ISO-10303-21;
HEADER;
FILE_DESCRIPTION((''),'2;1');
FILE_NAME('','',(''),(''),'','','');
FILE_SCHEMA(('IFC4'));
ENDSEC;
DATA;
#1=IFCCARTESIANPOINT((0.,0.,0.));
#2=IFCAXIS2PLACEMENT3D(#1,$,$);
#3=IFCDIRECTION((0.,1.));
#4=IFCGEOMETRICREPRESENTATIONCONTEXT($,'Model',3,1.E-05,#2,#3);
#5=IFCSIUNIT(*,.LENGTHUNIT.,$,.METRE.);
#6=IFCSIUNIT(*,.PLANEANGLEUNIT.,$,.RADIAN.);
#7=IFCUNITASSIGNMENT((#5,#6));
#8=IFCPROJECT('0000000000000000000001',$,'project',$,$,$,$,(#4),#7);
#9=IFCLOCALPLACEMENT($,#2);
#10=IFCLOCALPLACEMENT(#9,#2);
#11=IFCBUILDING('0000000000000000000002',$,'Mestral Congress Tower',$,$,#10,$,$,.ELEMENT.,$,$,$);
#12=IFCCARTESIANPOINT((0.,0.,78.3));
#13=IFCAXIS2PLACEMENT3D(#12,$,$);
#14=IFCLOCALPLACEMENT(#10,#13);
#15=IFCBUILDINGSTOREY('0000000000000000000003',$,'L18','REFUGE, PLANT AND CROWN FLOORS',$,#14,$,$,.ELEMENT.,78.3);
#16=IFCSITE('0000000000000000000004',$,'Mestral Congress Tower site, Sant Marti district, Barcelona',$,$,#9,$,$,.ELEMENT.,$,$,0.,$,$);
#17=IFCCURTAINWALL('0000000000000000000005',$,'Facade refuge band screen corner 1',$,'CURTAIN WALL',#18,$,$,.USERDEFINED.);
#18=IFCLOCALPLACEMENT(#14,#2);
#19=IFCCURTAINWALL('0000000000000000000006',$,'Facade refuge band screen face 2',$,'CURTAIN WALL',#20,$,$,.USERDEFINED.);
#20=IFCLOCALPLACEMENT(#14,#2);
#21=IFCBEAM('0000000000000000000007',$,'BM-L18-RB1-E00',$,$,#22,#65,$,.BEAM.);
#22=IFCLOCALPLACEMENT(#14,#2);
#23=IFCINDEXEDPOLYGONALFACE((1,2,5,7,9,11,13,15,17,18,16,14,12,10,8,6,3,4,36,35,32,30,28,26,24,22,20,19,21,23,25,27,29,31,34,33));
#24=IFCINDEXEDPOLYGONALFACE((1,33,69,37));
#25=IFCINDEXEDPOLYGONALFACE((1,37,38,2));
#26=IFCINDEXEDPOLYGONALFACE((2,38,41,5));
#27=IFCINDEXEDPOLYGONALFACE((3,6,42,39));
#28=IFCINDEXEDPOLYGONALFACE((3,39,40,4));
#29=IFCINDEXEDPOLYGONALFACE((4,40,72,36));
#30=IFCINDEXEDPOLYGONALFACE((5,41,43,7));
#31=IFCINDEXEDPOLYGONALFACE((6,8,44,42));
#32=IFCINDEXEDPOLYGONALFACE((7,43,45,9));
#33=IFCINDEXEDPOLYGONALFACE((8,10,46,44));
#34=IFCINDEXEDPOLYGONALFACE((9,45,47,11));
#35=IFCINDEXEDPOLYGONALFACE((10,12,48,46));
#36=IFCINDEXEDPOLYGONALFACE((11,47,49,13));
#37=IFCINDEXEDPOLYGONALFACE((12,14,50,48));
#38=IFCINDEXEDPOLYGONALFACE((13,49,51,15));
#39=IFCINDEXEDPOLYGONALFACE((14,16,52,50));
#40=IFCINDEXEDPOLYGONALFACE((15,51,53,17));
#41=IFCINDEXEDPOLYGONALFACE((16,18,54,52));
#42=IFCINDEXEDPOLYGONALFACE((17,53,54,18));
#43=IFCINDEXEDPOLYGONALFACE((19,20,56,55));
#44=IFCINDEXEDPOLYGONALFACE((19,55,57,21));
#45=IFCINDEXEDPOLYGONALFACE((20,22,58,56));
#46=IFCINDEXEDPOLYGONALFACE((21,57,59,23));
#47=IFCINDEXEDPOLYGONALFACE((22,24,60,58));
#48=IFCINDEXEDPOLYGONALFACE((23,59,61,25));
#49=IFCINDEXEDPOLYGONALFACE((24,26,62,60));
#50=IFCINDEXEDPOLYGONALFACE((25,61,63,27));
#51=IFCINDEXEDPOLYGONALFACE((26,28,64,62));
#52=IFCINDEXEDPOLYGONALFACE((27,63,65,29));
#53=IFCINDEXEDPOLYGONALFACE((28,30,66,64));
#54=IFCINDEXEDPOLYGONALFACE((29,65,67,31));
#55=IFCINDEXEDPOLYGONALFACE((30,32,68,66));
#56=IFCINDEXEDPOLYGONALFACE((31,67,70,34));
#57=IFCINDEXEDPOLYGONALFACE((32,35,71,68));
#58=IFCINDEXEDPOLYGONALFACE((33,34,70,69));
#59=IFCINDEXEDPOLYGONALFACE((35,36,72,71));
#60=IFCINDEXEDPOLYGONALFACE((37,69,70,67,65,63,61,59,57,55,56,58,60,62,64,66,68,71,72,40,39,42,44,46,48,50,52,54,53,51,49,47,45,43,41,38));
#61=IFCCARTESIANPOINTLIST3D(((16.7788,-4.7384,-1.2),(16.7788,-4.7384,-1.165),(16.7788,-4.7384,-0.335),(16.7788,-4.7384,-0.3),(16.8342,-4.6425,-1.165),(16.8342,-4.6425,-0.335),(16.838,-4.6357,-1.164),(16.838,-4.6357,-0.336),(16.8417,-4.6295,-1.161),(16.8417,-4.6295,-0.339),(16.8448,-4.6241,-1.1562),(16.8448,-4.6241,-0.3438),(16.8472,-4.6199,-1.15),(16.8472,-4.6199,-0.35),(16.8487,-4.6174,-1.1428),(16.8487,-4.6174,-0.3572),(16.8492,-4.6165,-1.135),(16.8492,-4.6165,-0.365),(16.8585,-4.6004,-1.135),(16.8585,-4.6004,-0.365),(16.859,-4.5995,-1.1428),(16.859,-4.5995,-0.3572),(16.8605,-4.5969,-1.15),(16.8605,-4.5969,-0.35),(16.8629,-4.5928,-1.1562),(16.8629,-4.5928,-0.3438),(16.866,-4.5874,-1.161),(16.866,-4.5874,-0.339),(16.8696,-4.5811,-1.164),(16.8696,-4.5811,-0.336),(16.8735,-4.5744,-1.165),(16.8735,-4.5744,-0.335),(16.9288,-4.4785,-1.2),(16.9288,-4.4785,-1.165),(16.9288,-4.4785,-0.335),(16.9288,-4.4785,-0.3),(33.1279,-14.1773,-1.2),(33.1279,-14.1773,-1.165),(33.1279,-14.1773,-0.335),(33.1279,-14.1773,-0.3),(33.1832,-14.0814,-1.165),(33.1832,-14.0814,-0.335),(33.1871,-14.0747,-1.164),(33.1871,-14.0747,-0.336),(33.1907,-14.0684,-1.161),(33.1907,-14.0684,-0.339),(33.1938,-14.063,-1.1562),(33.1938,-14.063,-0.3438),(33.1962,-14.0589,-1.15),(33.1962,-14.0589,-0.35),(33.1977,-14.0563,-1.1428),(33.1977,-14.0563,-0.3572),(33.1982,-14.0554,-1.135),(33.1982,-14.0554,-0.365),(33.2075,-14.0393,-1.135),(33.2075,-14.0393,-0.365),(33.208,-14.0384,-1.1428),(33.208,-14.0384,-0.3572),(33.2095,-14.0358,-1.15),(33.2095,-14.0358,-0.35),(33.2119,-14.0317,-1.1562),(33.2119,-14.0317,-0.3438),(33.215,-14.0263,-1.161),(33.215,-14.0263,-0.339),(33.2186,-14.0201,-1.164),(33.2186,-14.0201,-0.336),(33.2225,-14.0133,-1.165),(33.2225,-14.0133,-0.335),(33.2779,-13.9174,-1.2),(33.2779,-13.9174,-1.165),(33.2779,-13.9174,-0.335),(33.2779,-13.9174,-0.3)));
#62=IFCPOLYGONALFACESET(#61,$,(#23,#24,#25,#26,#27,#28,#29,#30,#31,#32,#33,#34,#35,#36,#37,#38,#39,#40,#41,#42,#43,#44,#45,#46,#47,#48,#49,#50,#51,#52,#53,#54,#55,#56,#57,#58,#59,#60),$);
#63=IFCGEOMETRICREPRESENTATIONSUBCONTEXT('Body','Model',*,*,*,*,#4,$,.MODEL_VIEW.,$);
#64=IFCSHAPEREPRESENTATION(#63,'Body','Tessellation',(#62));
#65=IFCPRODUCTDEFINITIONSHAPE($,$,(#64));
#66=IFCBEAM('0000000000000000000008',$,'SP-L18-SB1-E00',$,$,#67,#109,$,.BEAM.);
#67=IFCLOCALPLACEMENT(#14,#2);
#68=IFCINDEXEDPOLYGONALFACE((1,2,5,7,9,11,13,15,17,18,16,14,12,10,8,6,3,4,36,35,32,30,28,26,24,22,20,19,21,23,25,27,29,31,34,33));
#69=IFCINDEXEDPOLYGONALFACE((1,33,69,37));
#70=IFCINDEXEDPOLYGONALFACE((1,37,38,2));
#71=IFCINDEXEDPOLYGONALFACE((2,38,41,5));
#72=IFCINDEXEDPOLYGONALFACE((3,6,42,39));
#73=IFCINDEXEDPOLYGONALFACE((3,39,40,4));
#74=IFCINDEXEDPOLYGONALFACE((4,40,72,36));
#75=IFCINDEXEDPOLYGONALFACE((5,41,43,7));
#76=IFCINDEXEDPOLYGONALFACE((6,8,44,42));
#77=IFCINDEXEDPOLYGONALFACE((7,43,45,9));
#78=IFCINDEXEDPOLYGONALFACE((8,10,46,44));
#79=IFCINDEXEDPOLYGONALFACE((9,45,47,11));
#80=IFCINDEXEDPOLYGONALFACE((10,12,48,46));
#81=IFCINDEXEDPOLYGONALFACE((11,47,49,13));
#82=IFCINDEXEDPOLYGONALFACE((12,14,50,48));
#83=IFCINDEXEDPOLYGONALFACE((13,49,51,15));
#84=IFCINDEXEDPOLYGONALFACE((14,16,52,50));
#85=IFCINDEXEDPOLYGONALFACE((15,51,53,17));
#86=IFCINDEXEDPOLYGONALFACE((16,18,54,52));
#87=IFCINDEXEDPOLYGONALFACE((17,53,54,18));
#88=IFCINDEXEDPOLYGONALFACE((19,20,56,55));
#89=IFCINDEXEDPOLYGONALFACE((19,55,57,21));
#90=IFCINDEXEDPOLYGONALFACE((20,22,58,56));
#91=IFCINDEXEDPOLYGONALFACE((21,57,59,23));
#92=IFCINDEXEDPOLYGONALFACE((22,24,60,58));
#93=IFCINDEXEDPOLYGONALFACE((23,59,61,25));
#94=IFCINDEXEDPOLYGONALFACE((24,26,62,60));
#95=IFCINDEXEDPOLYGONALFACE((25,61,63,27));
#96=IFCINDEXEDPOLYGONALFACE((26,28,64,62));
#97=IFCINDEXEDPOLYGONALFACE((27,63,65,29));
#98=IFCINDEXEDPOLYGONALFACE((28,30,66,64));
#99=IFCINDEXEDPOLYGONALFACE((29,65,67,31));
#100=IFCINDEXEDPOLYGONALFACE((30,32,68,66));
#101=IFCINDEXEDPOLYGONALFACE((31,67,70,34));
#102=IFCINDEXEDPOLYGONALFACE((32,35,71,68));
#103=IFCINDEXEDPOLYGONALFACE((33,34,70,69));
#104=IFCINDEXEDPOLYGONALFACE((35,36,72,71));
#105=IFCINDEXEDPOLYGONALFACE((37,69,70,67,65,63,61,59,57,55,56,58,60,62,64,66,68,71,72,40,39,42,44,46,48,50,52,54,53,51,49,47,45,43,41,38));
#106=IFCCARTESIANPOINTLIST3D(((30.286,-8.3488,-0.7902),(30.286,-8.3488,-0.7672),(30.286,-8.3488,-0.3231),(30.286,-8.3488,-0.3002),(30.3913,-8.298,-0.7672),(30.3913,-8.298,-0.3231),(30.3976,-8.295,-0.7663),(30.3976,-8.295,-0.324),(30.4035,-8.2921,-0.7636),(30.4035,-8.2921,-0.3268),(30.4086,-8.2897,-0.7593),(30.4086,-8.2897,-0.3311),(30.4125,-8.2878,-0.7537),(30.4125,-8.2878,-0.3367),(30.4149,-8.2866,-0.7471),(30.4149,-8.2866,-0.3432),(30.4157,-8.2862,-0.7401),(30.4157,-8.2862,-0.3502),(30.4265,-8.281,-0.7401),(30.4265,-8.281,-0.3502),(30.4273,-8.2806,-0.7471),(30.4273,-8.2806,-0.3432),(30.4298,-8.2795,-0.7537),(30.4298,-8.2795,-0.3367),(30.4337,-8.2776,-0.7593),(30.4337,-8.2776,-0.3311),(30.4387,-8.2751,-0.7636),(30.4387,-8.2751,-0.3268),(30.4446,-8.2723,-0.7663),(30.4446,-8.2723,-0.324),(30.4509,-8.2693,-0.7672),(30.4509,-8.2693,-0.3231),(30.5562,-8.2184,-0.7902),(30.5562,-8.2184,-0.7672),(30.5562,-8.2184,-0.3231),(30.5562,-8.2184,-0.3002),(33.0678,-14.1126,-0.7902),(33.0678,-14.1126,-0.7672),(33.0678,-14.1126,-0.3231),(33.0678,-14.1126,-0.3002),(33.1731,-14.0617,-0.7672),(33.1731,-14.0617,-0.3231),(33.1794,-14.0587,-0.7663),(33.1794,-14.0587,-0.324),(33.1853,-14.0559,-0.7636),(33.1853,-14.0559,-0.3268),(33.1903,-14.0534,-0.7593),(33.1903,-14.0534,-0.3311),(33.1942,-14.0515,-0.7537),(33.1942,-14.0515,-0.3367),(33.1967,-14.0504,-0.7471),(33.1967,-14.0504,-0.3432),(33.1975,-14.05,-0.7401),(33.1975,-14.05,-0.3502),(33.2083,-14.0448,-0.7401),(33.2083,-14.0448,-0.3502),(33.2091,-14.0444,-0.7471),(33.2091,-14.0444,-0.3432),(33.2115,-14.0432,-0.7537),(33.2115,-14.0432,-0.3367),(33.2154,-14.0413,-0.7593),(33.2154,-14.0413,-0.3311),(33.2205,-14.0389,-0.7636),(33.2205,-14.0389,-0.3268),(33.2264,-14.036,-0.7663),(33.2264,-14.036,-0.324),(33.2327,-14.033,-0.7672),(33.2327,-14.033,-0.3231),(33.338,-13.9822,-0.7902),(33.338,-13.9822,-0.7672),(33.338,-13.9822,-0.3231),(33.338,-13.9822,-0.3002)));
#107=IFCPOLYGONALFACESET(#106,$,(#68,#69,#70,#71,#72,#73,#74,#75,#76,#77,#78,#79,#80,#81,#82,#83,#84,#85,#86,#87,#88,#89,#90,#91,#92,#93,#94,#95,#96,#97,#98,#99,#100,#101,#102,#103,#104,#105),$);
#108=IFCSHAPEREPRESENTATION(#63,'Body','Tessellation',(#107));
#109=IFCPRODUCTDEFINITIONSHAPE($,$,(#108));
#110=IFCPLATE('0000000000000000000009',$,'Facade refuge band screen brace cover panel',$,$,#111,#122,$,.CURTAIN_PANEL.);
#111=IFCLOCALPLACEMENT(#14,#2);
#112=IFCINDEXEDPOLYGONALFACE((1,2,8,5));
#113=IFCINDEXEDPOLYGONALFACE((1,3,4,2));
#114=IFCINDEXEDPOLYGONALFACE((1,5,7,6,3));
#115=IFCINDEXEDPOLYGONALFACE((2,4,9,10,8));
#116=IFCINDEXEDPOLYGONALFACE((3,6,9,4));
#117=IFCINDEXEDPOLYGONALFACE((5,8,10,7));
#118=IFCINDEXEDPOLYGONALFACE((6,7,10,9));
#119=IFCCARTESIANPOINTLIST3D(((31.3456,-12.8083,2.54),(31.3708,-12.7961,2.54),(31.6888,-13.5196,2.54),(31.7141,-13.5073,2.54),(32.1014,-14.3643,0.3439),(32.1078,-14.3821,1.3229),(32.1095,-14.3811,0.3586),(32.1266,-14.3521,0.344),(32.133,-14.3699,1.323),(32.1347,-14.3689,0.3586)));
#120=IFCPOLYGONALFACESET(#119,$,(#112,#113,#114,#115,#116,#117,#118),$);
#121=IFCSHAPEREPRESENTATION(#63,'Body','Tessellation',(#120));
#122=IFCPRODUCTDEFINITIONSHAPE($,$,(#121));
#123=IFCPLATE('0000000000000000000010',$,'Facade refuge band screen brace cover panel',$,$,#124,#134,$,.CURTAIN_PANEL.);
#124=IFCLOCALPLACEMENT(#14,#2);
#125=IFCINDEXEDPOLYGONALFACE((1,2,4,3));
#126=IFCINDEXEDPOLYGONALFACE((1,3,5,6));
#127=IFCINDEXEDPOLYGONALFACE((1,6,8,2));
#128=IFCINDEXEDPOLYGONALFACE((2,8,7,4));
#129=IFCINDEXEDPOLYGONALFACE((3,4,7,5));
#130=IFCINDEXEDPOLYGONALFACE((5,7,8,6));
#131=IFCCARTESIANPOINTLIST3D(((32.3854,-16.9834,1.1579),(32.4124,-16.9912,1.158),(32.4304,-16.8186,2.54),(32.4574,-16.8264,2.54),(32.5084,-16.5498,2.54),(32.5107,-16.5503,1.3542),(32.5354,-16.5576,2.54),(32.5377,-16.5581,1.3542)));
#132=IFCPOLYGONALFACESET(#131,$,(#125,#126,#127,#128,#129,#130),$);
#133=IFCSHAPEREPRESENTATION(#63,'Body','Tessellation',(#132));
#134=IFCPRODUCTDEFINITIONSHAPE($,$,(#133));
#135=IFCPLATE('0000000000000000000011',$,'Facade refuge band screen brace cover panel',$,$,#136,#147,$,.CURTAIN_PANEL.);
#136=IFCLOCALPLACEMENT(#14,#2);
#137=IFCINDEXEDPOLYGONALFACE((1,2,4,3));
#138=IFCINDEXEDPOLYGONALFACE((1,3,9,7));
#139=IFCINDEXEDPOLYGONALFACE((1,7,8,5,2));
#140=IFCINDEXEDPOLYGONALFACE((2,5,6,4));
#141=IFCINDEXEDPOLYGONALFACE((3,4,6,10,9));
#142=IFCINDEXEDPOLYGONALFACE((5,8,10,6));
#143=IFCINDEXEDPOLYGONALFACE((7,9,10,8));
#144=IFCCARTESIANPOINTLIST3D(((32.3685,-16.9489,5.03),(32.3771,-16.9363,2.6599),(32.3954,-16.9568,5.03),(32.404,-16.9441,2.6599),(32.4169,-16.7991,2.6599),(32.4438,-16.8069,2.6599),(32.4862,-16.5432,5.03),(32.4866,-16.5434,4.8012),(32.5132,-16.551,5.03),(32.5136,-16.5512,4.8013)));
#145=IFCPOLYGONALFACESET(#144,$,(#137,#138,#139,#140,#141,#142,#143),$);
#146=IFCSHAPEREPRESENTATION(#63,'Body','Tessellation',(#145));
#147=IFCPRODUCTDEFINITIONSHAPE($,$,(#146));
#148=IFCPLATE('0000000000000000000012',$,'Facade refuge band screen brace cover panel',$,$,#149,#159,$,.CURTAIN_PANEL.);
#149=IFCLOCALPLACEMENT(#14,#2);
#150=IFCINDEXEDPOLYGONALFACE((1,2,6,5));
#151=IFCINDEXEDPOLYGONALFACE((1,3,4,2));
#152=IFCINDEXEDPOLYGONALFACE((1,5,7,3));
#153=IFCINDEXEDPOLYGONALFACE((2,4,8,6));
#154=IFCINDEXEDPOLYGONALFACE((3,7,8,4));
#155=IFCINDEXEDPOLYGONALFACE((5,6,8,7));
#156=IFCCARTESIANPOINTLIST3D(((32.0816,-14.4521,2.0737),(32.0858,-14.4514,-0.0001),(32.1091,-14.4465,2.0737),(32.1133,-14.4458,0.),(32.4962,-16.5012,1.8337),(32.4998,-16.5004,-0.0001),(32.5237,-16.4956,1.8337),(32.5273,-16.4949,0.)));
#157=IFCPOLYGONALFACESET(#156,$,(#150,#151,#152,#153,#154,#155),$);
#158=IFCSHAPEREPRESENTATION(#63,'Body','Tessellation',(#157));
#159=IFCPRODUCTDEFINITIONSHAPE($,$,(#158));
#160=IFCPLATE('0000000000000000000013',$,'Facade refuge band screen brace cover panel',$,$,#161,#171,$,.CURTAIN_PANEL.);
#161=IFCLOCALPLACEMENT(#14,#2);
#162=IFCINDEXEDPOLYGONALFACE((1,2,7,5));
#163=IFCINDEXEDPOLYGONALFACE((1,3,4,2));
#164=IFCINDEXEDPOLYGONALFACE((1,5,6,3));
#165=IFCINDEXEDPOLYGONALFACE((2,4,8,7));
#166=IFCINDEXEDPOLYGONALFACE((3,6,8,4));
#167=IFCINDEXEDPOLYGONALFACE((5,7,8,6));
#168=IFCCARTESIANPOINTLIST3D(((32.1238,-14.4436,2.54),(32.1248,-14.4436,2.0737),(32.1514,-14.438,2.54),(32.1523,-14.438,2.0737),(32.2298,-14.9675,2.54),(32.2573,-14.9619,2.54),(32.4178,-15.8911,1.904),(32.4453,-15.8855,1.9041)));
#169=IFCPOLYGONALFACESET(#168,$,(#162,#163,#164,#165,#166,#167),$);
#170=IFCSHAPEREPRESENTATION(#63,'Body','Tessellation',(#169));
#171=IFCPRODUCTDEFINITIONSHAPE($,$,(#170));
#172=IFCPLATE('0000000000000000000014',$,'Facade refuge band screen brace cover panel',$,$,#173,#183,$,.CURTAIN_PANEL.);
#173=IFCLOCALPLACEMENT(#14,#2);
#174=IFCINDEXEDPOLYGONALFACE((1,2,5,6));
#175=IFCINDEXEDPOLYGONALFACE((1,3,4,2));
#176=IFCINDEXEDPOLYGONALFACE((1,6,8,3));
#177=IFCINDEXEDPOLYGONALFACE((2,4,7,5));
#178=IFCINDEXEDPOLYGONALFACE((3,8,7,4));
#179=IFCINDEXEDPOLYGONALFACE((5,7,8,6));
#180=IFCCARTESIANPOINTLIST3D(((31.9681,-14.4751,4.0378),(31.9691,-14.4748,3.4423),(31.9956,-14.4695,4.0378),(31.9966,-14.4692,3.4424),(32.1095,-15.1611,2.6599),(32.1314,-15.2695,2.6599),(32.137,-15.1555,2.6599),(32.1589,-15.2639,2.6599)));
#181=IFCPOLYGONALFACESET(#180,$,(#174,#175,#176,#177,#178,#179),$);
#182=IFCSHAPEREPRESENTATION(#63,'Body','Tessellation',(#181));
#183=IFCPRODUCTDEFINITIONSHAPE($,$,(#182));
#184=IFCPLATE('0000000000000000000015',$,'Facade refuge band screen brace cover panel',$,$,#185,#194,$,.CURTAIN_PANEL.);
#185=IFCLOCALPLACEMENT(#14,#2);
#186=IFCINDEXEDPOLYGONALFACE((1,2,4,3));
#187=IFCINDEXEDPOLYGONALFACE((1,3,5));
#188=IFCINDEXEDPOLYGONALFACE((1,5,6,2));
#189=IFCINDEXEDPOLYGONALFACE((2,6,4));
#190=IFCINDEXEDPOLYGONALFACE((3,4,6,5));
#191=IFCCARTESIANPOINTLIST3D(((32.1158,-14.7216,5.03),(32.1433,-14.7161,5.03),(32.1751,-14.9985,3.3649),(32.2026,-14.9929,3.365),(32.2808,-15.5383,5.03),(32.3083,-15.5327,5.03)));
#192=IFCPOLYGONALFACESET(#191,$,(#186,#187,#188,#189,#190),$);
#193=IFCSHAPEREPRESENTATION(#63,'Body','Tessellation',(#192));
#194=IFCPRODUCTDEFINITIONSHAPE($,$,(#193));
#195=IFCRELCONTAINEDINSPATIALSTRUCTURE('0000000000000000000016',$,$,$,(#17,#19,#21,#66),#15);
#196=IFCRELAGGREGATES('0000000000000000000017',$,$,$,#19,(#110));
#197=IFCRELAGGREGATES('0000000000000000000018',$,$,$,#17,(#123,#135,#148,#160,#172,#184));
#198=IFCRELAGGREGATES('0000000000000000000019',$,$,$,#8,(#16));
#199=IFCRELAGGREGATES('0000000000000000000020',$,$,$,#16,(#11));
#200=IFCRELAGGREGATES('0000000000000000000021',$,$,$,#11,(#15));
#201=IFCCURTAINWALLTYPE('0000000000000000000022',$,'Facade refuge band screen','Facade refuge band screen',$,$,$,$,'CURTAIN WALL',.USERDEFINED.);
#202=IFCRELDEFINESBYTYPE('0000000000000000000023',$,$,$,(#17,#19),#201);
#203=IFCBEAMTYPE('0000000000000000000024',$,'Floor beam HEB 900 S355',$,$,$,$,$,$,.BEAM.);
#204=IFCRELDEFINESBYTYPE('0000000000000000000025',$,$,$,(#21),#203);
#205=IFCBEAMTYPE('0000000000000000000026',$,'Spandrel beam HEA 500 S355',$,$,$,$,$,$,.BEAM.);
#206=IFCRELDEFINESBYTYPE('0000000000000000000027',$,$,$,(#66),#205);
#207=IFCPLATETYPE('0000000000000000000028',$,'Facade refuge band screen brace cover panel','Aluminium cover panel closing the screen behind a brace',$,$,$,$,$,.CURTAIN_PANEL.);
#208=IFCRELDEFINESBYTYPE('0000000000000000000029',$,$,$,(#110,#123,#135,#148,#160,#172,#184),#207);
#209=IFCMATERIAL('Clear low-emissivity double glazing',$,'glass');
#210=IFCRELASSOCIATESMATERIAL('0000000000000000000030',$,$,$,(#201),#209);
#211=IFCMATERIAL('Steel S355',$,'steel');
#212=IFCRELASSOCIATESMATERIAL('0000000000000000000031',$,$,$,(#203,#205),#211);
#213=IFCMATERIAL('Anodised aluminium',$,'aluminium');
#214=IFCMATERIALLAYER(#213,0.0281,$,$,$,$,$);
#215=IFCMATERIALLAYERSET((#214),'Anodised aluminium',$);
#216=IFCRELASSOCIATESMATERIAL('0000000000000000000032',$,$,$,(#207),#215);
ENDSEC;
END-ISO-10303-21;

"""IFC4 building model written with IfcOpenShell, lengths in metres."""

from ifc_helpers import new_model, si_unit, direction, frame, origin, origin_2d, place, context, subcontext, project, spatial, polyline, i_section, outline, extrude, material, layer, layer_set, material_profile, profile_set, type_object, element, aggregate, save


model = new_model("IFC4")

# Units and contexts
model_context = context("Model", 3, precision=1e-05, world=origin(), true_north=direction((0.0, 1.0)))
body_context = subcontext(model_context, "Body", "Model", "MODEL_VIEW")
ifc_project = project(units=[si_unit("LENGTHUNIT", "METRE"), si_unit("PLANEANGLEUNIT", "RADIAN")], contexts=[model_context])

# Site, building, storey
site_placement = place(None, origin())
site = spatial("IfcSite", under=ifc_project, at=site_placement, Name="Mestral Congress Tower site, Sant Marti district, Barcelona", CompositionType="ELEMENT", RefElevation=0.0)
building_placement = place(site_placement, origin())
building = spatial("IfcBuilding", under=site, at=building_placement, Name="Mestral Congress Tower", CompositionType="ELEMENT")
storey_placement = place(building_placement, frame((0.0, 0.0, 78.3)))
storey = spatial("IfcBuildingStorey", under=building, at=storey_placement, Name="L18", Description="REFUGE, PLANT AND CROWN FLOORS", CompositionType="ELEMENT", Elevation=78.3)

# Shared definitions
ifc_material_1 = material(Name="Steel S355", Category="steel")

# Curtain walls
ifc_material_2 = material(Name="Clear low-emissivity double glazing", Category="glass")
curtain_wall_type = type_object("IfcCurtainWallType", Name="Facade refuge band screen", Description="Facade refuge band screen", ElementType="CURTAIN WALL", PredefinedType="USERDEFINED", material=ifc_material_2)
placement = place(storey_placement, origin())
curtain_wall_1 = element("IfcCurtainWall", 1, at=placement, inside=storey, type_object=curtain_wall_type, Name="Facade refuge band screen corner 1", ObjectType="CURTAIN WALL", PredefinedType="USERDEFINED")
ifc_material_3 = material(Name="Anodised aluminium", Category="aluminium")
curtain_wall_2 = element("IfcCurtainWall", 2, at=placement, inside=storey, type_object=curtain_wall_type, Name="Facade refuge band screen face 2", ObjectType="CURTAIN WALL", PredefinedType="USERDEFINED")

# Beams
ifc_material_profile_1 = material_profile(ifc_material_1, i_section(OverallWidth=0.3, OverallDepth=0.8999, WebThickness=0.0186, FlangeThickness=0.0349, FilletRadius=0.03, at=origin_2d()), Name="HEB 900")
ifc_profile_set_1 = profile_set([ifc_material_profile_1], Name="Steel S355")
beam_type_1 = type_object("IfcBeamType", Name="Floor beam HEB 900 S355", PredefinedType="BEAM", material=ifc_profile_set_1)
beam_1_placement = place(storey_placement, frame((33.2029, -14.0474, -0.75), z_axis=(-0.86603, 0.499992, 0.0), x_axis=(-0.499992, -0.86603, 0.0)))
element("IfcBeam", 3, at=beam_1_placement, inside=storey, type_object=beam_type_1, Name="BM-L18-RB1-E00", PredefinedType="BEAM", context=body_context, shape_type="SweptSolid", body=[
    extrude(i_section(OverallWidth=0.3, OverallDepth=0.8999, WebThickness=0.0186, FlangeThickness=0.0349, FilletRadius=0.03, at=origin_2d()), origin(), (0.0, 0.0, 1.0), 18.8782),
])
ifc_material_profile_2 = material_profile(ifc_material_1, i_section(OverallWidth=0.3, OverallDepth=0.49, WebThickness=0.012, FlangeThickness=0.0229, FilletRadius=0.0271, at=origin_2d()), Name="HEA 500")
ifc_profile_set_2 = profile_set([ifc_material_profile_2], Name="Steel S355")
beam_type_2 = type_object("IfcBeamType", Name="Spandrel beam HEA 500 S355", PredefinedType="BEAM", material=ifc_profile_set_2)
beam_2_placement = place(storey_placement, frame((33.2029, -14.0474, -0.5452), z_axis=(-0.434657, 0.900596, 0.0), x_axis=(-0.900596, -0.434657, 0.0)))
element("IfcBeam", 4, at=beam_2_placement, inside=storey, type_object=beam_type_2, Name="SP-L18-SB1-E00", PredefinedType="BEAM", context=body_context, shape_type="SweptSolid", body=[
    extrude(i_section(OverallWidth=0.3, OverallDepth=0.49, WebThickness=0.012, FlangeThickness=0.0229, FilletRadius=0.0271, at=origin_2d()), origin(), (0.0, 0.0, 1.0), 6.3999),
])

# Plates
ifc_layer_1 = layer(ifc_material_3, 0.0281)
ifc_layer_set_1 = layer_set([ifc_layer_1], Name="Anodised aluminium")
plate_type_1 = type_object("IfcPlateType", Name="Facade refuge band screen brace cover panel", Description="Aluminium cover panel closing the screen behind a brace", PredefinedType="CURTAIN_PANEL", material=ifc_layer_set_1)
plate_1_placement = place(storey_placement, frame((31.3708, -12.7961, 2.54), z_axis=(0.900614, 0.434615, 0.002026), x_axis=(0.270363, -0.556588, -0.785566)))
plate_1 = element("IfcPlate", 5, at=plate_1_placement, type_object=plate_type_1, Name="Facade refuge band screen brace cover panel", PredefinedType="CURTAIN_PANEL", context=body_context, shape_type="SweptSolid", body=[
    extrude(outline(polyline([(0.0, 0.0), (2.7955, 0.0), (2.7955, -0.0237), (2.0381, -0.6206), (0.4886, -0.6204), (0.0, 0.0)])), origin(), (0.0, 0.0, -1.0), 0.0281),
])
plate_2_placement = place(storey_placement, frame((32.5354, -16.5576, 2.54), z_axis=(0.960347, -0.2788, 0.001967), x_axis=(0.001923, -0.000432, -0.999998)))
plate_2 = element("IfcPlate", 6, at=plate_2_placement, type_object=plate_type_1, Name="Facade refuge band screen brace cover panel", PredefinedType="CURTAIN_PANEL", context=body_context, shape_type="SweptSolid", body=[
    extrude(outline(polyline([(0.0, 0.0), (1.1858, 0.0), (1.382, -0.4509), (0.0, -0.2799), (0.0, 0.0)])), origin(), (0.0, 0.0, -1.0), 0.0281),
])
plate_3_placement = place(storey_placement, frame((32.5132, -16.551, 5.03), z_axis=(0.960382, -0.278679, 0.001988), x_axis=(0.001789, -0.000967, -0.999998)))
plate_3 = element("IfcPlate", 7, at=plate_3_placement, type_object=plate_type_1, Name="Facade refuge band screen brace cover panel", PredefinedType="CURTAIN_PANEL", context=body_context, shape_type="SweptSolid", body=[
    extrude(outline(polyline([(0.0, 0.0), (0.2288, 0.0), (2.3702, -0.264), (2.3703, -0.4069), (0.0002, -0.4225), (0.0, 0.0)])), origin(), (0.0, 0.0, -1.0), 0.0281),
])
plate_4_placement = place(storey_placement, frame((32.1133, -14.4458, 0.0), z_axis=(0.980186, 0.198067, 0.002034), x_axis=(0.198067, -0.980188, 0.0)))
plate_4 = element("IfcPlate", 8, at=plate_4_placement, type_object=plate_type_1, Name="Facade refuge band screen brace cover panel", PredefinedType="CURTAIN_PANEL", context=body_context, shape_type="SweptSolid", body=[
    extrude(outline(polyline([(0.0, 0.0), (2.0905, 0.0), (2.0905, -1.8337), (-0.0001, -2.0737), (0.0, 0.0)])), origin(), (0.0, 0.0, -1.0), 0.0281),
])
plate_5_placement = place(storey_placement, frame((32.1514, -14.438, 2.54), z_axis=(0.980166, 0.198168, 0.001988), x_axis=(0.002031, -0.000013, -0.999998)))
plate_5 = element("IfcPlate", 9, at=plate_5_placement, type_object=plate_type_1, Name="Facade refuge band screen brace cover panel", PredefinedType="CURTAIN_PANEL", context=body_context, shape_type="SweptSolid", body=[
    extrude(outline(polyline([(0.0, 0.0), (0.4663, 0.0), (0.6366, -1.4768), (0.0002, -0.5345), (0.0, 0.0)])), origin(), (0.0, 0.0, -1.0), 0.0281),
])
plate_6_placement = place(storey_placement, frame((31.9966, -14.4692, 3.4424), z_axis=(0.980082, 0.198584, 0.001674), x_axis=(0.133677, -0.653465, -0.745059)))
plate_6 = element("IfcPlate", 10, at=plate_6_placement, type_object=plate_type_1, Name="Facade refuge band screen brace cover panel", PredefinedType="CURTAIN_PANEL", context=body_context, shape_type="SweptSolid", body=[
    extrude(outline(polyline([(0.0, 0.0), (1.0502, 0.0), (1.124, -0.0824), (-0.4436, -0.3972), (0.0, 0.0)])), origin(), (0.0, 0.0, -1.0), 0.0281),
])
plate_7_placement = place(storey_placement, frame((32.1433, -14.7161, 5.03), z_axis=(0.980182, 0.198088, 0.001987), x_axis=(0.035126, -0.163922, -0.985848)))
plate_7 = element("IfcPlate", 11, at=plate_7_placement, type_object=plate_type_1, Name="Facade refuge band screen brace cover panel", PredefinedType="CURTAIN_PANEL", context=body_context, shape_type="SweptSolid", body=[
    extrude(outline(polyline([(0.0, 0.0), (1.6889, 0.0), (0.1397, -0.8214), (0.0, 0.0)])), origin(), (0.0, 0.0, -1.0), 0.0281),
])

aggregate(curtain_wall_2, [plate_1])
aggregate(curtain_wall_1, [plate_2, plate_3, plate_4, plate_5, plate_6, plate_7])

save(model, "model.ifc")
